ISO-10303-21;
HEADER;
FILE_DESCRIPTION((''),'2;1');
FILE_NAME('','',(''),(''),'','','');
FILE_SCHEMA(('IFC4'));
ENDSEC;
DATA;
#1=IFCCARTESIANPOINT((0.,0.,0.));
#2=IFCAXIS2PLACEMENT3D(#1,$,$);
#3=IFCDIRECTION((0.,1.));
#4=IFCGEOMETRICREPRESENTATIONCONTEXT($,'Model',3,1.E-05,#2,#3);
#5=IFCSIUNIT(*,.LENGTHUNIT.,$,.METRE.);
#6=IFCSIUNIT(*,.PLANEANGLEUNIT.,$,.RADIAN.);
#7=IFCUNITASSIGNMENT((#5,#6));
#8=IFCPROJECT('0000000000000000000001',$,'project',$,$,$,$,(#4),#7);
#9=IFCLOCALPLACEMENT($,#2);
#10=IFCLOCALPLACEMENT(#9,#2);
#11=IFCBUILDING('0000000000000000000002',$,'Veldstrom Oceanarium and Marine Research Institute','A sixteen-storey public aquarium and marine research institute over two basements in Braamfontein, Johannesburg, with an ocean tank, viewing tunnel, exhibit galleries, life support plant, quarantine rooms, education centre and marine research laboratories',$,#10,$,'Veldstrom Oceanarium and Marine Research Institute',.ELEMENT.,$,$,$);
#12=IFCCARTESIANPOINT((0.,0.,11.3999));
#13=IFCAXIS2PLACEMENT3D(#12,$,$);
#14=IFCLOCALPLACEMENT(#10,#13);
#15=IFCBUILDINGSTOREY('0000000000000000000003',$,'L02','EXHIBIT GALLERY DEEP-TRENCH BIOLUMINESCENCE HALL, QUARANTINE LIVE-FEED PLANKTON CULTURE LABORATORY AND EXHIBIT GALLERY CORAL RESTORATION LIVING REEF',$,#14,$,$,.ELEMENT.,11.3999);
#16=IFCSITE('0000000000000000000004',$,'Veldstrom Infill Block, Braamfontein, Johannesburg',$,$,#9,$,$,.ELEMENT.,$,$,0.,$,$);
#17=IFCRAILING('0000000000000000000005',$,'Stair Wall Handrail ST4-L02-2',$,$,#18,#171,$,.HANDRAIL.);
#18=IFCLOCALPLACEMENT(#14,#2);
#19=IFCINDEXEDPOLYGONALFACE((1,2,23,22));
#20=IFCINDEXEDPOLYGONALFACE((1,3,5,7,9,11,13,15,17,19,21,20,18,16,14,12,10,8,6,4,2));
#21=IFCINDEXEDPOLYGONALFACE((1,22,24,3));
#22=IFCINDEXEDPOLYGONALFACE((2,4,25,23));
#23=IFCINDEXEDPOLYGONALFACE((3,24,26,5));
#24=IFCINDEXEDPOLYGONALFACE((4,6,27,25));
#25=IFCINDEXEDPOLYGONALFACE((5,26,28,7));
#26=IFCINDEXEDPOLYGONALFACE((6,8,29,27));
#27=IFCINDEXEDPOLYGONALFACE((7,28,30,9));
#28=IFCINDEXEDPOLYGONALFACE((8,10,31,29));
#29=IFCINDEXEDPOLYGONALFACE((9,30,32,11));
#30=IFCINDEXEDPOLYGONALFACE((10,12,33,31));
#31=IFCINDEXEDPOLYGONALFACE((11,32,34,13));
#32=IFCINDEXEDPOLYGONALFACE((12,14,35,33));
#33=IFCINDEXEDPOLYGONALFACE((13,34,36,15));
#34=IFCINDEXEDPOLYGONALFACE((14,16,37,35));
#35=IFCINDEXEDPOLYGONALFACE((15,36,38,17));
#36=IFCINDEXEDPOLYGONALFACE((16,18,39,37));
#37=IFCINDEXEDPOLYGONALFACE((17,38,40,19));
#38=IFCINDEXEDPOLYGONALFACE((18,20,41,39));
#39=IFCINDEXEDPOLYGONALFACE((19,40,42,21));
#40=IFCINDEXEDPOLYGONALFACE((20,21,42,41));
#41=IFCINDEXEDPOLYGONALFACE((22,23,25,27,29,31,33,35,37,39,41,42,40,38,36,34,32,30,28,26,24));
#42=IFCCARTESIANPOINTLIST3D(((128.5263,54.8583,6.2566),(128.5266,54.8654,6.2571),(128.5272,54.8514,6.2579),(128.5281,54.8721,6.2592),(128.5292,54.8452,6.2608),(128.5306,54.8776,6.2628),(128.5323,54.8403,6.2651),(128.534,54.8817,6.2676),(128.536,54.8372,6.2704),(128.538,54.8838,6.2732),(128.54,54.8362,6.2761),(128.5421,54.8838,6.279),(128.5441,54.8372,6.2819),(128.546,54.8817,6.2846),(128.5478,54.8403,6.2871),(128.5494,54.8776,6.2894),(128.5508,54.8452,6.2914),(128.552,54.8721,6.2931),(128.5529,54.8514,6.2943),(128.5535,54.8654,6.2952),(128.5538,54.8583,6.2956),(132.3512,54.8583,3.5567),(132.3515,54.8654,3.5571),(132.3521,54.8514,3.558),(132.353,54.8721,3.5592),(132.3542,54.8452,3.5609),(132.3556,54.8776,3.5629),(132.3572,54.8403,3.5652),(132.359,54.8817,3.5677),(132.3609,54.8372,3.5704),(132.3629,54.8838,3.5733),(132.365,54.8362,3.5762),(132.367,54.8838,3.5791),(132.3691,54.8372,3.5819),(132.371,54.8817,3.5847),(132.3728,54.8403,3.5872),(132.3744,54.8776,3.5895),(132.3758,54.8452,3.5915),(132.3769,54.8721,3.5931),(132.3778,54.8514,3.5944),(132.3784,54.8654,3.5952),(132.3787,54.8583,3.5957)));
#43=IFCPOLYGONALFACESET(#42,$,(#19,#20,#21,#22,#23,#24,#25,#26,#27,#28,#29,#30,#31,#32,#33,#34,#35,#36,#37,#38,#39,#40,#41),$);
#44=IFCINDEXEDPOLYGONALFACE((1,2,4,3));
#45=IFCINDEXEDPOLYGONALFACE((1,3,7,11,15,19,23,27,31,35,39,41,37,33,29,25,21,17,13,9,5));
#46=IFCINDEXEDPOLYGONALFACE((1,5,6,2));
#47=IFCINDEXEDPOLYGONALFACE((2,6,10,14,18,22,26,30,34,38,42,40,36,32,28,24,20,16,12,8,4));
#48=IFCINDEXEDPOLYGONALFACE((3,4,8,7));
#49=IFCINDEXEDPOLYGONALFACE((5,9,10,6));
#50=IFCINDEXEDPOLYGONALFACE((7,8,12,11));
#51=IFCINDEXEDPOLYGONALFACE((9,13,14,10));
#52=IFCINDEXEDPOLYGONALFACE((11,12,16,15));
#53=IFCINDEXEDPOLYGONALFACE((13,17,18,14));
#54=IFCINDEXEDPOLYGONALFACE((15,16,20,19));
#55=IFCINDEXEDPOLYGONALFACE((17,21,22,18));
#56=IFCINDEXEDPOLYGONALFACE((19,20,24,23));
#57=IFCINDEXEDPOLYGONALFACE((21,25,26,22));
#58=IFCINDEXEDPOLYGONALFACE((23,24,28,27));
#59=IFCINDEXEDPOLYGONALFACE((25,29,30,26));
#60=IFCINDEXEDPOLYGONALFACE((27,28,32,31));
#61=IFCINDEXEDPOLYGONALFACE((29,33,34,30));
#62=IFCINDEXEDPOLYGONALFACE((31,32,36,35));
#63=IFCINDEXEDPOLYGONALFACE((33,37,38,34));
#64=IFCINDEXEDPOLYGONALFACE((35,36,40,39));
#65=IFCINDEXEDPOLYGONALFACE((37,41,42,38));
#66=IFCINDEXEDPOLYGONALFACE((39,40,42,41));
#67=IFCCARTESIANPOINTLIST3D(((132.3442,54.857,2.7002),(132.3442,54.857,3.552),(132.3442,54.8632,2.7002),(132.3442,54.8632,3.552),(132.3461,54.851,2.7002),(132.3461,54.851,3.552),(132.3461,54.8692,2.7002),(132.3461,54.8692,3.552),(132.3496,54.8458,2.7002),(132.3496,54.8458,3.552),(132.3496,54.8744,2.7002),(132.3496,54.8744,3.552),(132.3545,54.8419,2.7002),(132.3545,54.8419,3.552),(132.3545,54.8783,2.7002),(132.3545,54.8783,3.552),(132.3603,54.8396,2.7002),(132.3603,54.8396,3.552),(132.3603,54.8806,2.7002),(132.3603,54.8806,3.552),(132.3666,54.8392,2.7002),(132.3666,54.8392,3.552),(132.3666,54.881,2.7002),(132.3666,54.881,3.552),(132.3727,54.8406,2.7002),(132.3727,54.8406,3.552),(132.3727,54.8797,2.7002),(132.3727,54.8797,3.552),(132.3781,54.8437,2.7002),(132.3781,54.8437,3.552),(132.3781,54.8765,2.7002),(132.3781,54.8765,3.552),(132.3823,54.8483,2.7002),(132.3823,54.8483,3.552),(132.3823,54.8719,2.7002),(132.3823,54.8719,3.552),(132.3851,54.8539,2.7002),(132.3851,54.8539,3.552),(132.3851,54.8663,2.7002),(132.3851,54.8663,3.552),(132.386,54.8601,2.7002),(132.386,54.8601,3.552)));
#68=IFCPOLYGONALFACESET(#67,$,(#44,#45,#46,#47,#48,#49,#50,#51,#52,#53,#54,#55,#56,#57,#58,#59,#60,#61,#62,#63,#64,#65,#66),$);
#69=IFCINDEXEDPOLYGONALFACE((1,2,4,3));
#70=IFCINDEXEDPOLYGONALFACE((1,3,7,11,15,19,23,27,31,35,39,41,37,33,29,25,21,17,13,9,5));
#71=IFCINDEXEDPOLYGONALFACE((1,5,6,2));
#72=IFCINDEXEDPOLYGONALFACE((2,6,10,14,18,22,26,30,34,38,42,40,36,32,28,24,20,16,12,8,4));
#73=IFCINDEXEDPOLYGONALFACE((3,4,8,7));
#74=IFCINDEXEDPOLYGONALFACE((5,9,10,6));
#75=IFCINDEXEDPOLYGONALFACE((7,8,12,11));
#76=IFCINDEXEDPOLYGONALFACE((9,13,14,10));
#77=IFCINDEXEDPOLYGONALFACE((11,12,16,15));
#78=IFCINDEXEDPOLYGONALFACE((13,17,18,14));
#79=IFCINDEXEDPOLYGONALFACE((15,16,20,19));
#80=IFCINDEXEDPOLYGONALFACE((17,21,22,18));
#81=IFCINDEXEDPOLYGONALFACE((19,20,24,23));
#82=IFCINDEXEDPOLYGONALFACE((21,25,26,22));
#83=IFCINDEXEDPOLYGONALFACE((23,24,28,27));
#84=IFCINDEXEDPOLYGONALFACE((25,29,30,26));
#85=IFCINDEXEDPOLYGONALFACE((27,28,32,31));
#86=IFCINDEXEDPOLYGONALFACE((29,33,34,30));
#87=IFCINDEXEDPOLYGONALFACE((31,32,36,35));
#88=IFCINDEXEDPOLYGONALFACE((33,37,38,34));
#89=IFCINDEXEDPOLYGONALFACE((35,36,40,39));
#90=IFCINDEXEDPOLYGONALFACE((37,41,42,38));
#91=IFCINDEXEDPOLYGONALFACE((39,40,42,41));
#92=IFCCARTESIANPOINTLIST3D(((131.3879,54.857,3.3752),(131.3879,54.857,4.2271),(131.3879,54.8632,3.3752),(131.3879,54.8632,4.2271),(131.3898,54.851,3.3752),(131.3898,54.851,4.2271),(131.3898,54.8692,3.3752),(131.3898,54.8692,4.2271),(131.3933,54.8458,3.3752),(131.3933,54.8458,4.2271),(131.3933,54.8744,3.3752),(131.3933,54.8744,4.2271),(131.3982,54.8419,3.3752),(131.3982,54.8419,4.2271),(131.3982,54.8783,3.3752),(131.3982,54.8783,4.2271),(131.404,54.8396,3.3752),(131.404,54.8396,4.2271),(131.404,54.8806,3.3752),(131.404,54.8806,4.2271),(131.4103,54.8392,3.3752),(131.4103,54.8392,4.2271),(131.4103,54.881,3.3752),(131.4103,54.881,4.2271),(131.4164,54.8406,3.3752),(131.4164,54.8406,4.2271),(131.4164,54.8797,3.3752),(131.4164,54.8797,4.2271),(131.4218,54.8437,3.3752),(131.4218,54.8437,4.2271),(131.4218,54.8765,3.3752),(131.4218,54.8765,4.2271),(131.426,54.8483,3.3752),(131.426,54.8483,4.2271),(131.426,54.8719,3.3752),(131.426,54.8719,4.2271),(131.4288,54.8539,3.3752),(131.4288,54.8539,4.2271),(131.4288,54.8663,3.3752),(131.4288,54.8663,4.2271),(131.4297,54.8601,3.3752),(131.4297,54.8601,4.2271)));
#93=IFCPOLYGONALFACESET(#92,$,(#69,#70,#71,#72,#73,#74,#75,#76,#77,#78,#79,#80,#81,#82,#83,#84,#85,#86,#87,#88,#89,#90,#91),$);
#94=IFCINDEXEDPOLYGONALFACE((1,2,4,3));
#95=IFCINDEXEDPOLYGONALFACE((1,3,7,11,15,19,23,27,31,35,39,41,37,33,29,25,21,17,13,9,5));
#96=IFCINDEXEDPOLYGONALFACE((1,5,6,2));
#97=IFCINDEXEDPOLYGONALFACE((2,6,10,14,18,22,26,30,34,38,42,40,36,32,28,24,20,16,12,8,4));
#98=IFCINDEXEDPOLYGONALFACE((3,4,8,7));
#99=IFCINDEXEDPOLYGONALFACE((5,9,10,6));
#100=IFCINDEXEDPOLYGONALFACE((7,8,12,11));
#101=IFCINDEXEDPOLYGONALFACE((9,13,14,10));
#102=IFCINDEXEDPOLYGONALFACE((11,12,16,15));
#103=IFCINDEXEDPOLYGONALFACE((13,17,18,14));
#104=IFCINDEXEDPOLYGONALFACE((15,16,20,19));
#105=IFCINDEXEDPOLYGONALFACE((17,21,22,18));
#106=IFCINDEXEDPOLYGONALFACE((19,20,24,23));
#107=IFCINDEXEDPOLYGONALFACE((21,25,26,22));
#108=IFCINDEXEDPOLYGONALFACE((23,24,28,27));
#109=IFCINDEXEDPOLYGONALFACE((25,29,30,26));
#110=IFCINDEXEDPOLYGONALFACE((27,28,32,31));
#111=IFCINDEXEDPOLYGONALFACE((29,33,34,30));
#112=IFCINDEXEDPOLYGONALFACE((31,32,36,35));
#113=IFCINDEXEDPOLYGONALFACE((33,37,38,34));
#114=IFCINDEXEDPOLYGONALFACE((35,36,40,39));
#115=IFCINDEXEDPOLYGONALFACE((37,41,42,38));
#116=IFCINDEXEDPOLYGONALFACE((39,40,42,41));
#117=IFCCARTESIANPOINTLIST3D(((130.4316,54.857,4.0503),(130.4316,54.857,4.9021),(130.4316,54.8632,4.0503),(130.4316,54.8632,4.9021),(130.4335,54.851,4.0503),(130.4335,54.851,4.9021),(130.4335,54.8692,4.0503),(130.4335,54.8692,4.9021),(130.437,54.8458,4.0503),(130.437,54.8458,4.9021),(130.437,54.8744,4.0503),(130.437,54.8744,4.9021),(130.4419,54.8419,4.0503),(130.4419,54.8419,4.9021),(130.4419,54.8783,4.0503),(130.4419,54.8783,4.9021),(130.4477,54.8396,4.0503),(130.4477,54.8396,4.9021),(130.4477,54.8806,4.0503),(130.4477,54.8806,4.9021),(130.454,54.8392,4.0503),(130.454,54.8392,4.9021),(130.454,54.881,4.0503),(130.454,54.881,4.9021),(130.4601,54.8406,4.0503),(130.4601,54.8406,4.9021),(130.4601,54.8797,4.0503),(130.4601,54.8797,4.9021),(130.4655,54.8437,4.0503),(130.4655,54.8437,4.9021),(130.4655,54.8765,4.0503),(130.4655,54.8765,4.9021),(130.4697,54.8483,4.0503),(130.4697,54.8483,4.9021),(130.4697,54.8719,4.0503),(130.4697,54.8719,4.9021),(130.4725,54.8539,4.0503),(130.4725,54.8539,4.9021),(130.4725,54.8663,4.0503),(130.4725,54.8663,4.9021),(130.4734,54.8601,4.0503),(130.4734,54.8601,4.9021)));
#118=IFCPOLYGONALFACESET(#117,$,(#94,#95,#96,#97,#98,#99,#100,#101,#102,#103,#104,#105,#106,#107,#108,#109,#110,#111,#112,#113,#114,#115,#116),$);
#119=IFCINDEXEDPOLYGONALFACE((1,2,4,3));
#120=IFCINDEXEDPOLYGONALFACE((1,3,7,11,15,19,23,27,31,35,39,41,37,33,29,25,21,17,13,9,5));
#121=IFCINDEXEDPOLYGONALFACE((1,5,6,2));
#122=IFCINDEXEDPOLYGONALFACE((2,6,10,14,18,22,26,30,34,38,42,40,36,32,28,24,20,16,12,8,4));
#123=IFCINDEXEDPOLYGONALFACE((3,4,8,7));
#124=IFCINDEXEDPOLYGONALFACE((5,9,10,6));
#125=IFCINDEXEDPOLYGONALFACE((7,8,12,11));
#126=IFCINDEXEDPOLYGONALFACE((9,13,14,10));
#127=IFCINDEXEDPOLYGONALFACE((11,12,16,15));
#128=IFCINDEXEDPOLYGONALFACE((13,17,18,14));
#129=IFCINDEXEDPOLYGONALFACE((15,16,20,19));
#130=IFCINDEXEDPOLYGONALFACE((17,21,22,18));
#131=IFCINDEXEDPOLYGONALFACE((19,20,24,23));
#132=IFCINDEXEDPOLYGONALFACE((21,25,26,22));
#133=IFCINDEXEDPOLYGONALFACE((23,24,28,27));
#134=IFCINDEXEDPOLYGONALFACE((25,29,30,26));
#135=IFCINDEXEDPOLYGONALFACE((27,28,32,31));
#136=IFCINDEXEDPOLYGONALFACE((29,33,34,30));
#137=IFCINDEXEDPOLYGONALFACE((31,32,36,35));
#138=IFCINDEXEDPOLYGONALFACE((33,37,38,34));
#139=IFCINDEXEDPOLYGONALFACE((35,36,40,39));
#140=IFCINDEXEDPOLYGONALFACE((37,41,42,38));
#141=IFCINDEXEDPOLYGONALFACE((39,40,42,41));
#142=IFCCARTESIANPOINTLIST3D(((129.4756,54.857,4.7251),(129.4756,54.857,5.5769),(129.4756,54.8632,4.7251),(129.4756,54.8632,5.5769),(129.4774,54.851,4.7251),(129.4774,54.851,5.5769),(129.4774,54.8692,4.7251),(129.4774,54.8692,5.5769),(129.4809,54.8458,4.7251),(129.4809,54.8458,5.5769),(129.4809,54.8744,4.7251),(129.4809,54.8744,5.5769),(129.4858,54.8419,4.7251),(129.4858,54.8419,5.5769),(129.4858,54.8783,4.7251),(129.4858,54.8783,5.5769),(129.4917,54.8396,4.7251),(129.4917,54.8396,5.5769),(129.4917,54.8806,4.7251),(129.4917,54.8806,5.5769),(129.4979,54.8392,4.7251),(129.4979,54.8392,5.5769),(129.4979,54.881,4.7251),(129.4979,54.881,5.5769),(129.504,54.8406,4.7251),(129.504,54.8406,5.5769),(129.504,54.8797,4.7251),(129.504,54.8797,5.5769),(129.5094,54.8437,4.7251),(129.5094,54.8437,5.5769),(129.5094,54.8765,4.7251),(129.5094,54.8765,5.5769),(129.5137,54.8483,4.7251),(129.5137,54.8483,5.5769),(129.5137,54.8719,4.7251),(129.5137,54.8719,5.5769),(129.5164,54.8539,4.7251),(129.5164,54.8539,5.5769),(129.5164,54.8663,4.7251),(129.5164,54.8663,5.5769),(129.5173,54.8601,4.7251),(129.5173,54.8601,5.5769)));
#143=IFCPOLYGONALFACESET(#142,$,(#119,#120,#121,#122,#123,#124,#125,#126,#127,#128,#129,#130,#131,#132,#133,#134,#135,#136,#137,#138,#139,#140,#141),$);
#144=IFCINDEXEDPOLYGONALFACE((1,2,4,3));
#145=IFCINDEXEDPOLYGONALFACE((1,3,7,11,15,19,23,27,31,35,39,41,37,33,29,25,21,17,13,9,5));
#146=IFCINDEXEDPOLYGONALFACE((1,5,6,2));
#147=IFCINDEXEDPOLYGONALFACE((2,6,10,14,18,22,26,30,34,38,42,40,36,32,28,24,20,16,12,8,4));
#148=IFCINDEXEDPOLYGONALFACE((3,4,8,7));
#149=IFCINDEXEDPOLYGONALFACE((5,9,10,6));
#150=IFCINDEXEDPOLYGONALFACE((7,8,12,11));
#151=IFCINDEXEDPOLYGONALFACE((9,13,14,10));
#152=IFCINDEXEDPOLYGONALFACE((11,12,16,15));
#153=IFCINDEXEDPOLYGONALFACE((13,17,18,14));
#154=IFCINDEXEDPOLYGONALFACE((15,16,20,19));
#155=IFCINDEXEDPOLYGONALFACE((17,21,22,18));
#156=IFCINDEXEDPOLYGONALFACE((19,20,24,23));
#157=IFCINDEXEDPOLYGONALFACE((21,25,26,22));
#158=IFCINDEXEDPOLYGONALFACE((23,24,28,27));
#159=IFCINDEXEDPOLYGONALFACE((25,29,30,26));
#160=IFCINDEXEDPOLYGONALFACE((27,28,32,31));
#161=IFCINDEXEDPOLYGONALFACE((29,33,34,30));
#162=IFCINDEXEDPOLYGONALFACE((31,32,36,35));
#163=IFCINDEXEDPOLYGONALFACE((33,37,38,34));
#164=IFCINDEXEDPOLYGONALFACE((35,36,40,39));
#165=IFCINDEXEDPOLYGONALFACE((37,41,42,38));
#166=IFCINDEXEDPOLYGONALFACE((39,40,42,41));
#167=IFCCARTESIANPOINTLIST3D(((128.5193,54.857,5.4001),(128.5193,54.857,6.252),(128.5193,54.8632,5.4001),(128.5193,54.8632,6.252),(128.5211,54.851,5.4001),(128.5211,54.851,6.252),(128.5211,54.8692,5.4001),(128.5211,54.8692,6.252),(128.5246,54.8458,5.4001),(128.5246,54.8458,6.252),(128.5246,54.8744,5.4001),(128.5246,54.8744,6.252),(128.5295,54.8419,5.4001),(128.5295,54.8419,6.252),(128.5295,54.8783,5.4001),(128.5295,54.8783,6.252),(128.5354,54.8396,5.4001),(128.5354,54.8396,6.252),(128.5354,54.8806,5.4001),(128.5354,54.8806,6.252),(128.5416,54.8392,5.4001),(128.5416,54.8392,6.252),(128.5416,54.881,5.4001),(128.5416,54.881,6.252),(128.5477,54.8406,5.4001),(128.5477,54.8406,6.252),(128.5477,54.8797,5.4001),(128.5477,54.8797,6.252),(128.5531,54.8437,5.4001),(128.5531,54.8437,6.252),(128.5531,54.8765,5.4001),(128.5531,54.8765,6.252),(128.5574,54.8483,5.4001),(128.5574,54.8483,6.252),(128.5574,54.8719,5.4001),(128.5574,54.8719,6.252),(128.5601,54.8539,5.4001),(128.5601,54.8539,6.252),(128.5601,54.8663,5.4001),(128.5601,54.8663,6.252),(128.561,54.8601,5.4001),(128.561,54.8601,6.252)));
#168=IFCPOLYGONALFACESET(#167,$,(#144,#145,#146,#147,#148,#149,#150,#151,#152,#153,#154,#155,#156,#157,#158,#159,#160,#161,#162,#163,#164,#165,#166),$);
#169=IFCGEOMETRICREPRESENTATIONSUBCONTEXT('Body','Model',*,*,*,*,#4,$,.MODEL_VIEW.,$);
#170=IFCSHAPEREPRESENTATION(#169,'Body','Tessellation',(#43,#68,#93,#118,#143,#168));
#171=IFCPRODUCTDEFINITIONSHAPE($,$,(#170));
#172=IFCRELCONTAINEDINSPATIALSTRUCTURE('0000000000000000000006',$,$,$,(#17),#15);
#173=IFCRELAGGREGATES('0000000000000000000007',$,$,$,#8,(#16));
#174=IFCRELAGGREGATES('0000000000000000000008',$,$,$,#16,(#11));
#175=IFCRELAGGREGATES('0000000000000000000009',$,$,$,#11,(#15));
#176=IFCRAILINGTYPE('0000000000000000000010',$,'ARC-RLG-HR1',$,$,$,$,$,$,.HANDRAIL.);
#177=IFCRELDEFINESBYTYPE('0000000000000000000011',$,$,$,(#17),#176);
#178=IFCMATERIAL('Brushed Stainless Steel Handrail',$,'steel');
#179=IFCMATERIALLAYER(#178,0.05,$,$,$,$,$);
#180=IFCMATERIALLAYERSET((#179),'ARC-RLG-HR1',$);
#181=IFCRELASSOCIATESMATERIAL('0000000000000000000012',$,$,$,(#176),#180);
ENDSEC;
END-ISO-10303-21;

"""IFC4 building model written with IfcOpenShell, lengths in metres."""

from ifc_helpers import new_model, si_unit, direction, frame, origin, origin_2d, place, context, subcontext, project, spatial, circle, extrude, material, layer, layer_set, type_object, element, save


model = new_model("IFC4")

# Units and contexts
model_context = context("Model", 3, precision=1e-05, world=origin(), true_north=direction((0.0, 1.0)))
body_context = subcontext(model_context, "Body", "Model", "MODEL_VIEW")
ifc_project = project(units=[si_unit("LENGTHUNIT", "METRE"), si_unit("PLANEANGLEUNIT", "RADIAN")], contexts=[model_context])

# Site, building, storey
site_placement = place(None, origin())
site = spatial("IfcSite", under=ifc_project, at=site_placement, Name="Veldstrom Infill Block, Braamfontein, Johannesburg", CompositionType="ELEMENT", RefElevation=0.0)
building_placement = place(site_placement, origin())
building = spatial("IfcBuilding", under=site, at=building_placement, Name="Veldstrom Oceanarium and Marine Research Institute", Description="A sixteen-storey public aquarium and marine research institute over two basements in Braamfontein, Johannesburg, with an ocean tank, viewing tunnel, exhibit galleries, life support plant, quarantine rooms, education centre and marine research laboratories", LongName="Veldstrom Oceanarium and Marine Research Institute", CompositionType="ELEMENT")
storey_placement = place(building_placement, frame((0.0, 0.0, 11.3999)))
storey = spatial("IfcBuildingStorey", under=building, at=storey_placement, Name="L02", Description="EXHIBIT GALLERY DEEP-TRENCH BIOLUMINESCENCE HALL, QUARANTINE LIVE-FEED PLANKTON CULTURE LABORATORY AND EXHIBIT GALLERY CORAL RESTORATION LIVING REEF", CompositionType="ELEMENT", Elevation=11.3999)

# Railing
ifc_material_1 = material(Name="Brushed Stainless Steel Handrail", Category="steel")
ifc_layer_1 = layer(ifc_material_1, 0.05)
ifc_layer_set_1 = layer_set([ifc_layer_1], Name="ARC-RLG-HR1")
railing_type_1 = type_object("IfcRailingType", Name="ARC-RLG-HR1", PredefinedType="HANDRAIL", material=ifc_layer_set_1)
railing_1_placement = place(storey_placement, frame((132.365, 54.8601, 2.7002)))
element("IfcRailing", 1, at=railing_1_placement, inside=storey, type_object=railing_type_1, Name="Stair Wall Handrail ST4-L02-2", PredefinedType="HANDRAIL", context=body_context, shape_type="SweptSolid", body=[
    extrude(circle(Radius=0.0239, at=origin_2d()), frame((0.0, 0.0, 0.876), z_axis=(-0.816969, 0.0, 0.576681), x_axis=(0.0, -1.0, 0.0)), (0.0, 0.0, 1.0), 4.6819),
    extrude(circle(Radius=0.021, at=origin_2d()), origin(), (0.0, 0.0, 1.0), 0.8518),
    extrude(circle(Radius=0.021, at=origin_2d()), frame((-0.9563, 0.0, 0.675)), (0.0, 0.0, 1.0), 0.8518),
    extrude(circle(Radius=0.021, at=origin_2d()), frame((-1.9126, 0.0, 1.3501)), (0.0, 0.0, 1.0), 0.8518),
    extrude(circle(Radius=0.021, at=origin_2d()), frame((-2.8687, 0.0, 2.0249)), (0.0, 0.0, 1.0), 0.8518),
    extrude(circle(Radius=0.021, at=origin_2d()), frame((-3.825, 0.0, 2.7)), (0.0, 0.0, 1.0), 0.8518),
])

save(model, "model.ifc")
